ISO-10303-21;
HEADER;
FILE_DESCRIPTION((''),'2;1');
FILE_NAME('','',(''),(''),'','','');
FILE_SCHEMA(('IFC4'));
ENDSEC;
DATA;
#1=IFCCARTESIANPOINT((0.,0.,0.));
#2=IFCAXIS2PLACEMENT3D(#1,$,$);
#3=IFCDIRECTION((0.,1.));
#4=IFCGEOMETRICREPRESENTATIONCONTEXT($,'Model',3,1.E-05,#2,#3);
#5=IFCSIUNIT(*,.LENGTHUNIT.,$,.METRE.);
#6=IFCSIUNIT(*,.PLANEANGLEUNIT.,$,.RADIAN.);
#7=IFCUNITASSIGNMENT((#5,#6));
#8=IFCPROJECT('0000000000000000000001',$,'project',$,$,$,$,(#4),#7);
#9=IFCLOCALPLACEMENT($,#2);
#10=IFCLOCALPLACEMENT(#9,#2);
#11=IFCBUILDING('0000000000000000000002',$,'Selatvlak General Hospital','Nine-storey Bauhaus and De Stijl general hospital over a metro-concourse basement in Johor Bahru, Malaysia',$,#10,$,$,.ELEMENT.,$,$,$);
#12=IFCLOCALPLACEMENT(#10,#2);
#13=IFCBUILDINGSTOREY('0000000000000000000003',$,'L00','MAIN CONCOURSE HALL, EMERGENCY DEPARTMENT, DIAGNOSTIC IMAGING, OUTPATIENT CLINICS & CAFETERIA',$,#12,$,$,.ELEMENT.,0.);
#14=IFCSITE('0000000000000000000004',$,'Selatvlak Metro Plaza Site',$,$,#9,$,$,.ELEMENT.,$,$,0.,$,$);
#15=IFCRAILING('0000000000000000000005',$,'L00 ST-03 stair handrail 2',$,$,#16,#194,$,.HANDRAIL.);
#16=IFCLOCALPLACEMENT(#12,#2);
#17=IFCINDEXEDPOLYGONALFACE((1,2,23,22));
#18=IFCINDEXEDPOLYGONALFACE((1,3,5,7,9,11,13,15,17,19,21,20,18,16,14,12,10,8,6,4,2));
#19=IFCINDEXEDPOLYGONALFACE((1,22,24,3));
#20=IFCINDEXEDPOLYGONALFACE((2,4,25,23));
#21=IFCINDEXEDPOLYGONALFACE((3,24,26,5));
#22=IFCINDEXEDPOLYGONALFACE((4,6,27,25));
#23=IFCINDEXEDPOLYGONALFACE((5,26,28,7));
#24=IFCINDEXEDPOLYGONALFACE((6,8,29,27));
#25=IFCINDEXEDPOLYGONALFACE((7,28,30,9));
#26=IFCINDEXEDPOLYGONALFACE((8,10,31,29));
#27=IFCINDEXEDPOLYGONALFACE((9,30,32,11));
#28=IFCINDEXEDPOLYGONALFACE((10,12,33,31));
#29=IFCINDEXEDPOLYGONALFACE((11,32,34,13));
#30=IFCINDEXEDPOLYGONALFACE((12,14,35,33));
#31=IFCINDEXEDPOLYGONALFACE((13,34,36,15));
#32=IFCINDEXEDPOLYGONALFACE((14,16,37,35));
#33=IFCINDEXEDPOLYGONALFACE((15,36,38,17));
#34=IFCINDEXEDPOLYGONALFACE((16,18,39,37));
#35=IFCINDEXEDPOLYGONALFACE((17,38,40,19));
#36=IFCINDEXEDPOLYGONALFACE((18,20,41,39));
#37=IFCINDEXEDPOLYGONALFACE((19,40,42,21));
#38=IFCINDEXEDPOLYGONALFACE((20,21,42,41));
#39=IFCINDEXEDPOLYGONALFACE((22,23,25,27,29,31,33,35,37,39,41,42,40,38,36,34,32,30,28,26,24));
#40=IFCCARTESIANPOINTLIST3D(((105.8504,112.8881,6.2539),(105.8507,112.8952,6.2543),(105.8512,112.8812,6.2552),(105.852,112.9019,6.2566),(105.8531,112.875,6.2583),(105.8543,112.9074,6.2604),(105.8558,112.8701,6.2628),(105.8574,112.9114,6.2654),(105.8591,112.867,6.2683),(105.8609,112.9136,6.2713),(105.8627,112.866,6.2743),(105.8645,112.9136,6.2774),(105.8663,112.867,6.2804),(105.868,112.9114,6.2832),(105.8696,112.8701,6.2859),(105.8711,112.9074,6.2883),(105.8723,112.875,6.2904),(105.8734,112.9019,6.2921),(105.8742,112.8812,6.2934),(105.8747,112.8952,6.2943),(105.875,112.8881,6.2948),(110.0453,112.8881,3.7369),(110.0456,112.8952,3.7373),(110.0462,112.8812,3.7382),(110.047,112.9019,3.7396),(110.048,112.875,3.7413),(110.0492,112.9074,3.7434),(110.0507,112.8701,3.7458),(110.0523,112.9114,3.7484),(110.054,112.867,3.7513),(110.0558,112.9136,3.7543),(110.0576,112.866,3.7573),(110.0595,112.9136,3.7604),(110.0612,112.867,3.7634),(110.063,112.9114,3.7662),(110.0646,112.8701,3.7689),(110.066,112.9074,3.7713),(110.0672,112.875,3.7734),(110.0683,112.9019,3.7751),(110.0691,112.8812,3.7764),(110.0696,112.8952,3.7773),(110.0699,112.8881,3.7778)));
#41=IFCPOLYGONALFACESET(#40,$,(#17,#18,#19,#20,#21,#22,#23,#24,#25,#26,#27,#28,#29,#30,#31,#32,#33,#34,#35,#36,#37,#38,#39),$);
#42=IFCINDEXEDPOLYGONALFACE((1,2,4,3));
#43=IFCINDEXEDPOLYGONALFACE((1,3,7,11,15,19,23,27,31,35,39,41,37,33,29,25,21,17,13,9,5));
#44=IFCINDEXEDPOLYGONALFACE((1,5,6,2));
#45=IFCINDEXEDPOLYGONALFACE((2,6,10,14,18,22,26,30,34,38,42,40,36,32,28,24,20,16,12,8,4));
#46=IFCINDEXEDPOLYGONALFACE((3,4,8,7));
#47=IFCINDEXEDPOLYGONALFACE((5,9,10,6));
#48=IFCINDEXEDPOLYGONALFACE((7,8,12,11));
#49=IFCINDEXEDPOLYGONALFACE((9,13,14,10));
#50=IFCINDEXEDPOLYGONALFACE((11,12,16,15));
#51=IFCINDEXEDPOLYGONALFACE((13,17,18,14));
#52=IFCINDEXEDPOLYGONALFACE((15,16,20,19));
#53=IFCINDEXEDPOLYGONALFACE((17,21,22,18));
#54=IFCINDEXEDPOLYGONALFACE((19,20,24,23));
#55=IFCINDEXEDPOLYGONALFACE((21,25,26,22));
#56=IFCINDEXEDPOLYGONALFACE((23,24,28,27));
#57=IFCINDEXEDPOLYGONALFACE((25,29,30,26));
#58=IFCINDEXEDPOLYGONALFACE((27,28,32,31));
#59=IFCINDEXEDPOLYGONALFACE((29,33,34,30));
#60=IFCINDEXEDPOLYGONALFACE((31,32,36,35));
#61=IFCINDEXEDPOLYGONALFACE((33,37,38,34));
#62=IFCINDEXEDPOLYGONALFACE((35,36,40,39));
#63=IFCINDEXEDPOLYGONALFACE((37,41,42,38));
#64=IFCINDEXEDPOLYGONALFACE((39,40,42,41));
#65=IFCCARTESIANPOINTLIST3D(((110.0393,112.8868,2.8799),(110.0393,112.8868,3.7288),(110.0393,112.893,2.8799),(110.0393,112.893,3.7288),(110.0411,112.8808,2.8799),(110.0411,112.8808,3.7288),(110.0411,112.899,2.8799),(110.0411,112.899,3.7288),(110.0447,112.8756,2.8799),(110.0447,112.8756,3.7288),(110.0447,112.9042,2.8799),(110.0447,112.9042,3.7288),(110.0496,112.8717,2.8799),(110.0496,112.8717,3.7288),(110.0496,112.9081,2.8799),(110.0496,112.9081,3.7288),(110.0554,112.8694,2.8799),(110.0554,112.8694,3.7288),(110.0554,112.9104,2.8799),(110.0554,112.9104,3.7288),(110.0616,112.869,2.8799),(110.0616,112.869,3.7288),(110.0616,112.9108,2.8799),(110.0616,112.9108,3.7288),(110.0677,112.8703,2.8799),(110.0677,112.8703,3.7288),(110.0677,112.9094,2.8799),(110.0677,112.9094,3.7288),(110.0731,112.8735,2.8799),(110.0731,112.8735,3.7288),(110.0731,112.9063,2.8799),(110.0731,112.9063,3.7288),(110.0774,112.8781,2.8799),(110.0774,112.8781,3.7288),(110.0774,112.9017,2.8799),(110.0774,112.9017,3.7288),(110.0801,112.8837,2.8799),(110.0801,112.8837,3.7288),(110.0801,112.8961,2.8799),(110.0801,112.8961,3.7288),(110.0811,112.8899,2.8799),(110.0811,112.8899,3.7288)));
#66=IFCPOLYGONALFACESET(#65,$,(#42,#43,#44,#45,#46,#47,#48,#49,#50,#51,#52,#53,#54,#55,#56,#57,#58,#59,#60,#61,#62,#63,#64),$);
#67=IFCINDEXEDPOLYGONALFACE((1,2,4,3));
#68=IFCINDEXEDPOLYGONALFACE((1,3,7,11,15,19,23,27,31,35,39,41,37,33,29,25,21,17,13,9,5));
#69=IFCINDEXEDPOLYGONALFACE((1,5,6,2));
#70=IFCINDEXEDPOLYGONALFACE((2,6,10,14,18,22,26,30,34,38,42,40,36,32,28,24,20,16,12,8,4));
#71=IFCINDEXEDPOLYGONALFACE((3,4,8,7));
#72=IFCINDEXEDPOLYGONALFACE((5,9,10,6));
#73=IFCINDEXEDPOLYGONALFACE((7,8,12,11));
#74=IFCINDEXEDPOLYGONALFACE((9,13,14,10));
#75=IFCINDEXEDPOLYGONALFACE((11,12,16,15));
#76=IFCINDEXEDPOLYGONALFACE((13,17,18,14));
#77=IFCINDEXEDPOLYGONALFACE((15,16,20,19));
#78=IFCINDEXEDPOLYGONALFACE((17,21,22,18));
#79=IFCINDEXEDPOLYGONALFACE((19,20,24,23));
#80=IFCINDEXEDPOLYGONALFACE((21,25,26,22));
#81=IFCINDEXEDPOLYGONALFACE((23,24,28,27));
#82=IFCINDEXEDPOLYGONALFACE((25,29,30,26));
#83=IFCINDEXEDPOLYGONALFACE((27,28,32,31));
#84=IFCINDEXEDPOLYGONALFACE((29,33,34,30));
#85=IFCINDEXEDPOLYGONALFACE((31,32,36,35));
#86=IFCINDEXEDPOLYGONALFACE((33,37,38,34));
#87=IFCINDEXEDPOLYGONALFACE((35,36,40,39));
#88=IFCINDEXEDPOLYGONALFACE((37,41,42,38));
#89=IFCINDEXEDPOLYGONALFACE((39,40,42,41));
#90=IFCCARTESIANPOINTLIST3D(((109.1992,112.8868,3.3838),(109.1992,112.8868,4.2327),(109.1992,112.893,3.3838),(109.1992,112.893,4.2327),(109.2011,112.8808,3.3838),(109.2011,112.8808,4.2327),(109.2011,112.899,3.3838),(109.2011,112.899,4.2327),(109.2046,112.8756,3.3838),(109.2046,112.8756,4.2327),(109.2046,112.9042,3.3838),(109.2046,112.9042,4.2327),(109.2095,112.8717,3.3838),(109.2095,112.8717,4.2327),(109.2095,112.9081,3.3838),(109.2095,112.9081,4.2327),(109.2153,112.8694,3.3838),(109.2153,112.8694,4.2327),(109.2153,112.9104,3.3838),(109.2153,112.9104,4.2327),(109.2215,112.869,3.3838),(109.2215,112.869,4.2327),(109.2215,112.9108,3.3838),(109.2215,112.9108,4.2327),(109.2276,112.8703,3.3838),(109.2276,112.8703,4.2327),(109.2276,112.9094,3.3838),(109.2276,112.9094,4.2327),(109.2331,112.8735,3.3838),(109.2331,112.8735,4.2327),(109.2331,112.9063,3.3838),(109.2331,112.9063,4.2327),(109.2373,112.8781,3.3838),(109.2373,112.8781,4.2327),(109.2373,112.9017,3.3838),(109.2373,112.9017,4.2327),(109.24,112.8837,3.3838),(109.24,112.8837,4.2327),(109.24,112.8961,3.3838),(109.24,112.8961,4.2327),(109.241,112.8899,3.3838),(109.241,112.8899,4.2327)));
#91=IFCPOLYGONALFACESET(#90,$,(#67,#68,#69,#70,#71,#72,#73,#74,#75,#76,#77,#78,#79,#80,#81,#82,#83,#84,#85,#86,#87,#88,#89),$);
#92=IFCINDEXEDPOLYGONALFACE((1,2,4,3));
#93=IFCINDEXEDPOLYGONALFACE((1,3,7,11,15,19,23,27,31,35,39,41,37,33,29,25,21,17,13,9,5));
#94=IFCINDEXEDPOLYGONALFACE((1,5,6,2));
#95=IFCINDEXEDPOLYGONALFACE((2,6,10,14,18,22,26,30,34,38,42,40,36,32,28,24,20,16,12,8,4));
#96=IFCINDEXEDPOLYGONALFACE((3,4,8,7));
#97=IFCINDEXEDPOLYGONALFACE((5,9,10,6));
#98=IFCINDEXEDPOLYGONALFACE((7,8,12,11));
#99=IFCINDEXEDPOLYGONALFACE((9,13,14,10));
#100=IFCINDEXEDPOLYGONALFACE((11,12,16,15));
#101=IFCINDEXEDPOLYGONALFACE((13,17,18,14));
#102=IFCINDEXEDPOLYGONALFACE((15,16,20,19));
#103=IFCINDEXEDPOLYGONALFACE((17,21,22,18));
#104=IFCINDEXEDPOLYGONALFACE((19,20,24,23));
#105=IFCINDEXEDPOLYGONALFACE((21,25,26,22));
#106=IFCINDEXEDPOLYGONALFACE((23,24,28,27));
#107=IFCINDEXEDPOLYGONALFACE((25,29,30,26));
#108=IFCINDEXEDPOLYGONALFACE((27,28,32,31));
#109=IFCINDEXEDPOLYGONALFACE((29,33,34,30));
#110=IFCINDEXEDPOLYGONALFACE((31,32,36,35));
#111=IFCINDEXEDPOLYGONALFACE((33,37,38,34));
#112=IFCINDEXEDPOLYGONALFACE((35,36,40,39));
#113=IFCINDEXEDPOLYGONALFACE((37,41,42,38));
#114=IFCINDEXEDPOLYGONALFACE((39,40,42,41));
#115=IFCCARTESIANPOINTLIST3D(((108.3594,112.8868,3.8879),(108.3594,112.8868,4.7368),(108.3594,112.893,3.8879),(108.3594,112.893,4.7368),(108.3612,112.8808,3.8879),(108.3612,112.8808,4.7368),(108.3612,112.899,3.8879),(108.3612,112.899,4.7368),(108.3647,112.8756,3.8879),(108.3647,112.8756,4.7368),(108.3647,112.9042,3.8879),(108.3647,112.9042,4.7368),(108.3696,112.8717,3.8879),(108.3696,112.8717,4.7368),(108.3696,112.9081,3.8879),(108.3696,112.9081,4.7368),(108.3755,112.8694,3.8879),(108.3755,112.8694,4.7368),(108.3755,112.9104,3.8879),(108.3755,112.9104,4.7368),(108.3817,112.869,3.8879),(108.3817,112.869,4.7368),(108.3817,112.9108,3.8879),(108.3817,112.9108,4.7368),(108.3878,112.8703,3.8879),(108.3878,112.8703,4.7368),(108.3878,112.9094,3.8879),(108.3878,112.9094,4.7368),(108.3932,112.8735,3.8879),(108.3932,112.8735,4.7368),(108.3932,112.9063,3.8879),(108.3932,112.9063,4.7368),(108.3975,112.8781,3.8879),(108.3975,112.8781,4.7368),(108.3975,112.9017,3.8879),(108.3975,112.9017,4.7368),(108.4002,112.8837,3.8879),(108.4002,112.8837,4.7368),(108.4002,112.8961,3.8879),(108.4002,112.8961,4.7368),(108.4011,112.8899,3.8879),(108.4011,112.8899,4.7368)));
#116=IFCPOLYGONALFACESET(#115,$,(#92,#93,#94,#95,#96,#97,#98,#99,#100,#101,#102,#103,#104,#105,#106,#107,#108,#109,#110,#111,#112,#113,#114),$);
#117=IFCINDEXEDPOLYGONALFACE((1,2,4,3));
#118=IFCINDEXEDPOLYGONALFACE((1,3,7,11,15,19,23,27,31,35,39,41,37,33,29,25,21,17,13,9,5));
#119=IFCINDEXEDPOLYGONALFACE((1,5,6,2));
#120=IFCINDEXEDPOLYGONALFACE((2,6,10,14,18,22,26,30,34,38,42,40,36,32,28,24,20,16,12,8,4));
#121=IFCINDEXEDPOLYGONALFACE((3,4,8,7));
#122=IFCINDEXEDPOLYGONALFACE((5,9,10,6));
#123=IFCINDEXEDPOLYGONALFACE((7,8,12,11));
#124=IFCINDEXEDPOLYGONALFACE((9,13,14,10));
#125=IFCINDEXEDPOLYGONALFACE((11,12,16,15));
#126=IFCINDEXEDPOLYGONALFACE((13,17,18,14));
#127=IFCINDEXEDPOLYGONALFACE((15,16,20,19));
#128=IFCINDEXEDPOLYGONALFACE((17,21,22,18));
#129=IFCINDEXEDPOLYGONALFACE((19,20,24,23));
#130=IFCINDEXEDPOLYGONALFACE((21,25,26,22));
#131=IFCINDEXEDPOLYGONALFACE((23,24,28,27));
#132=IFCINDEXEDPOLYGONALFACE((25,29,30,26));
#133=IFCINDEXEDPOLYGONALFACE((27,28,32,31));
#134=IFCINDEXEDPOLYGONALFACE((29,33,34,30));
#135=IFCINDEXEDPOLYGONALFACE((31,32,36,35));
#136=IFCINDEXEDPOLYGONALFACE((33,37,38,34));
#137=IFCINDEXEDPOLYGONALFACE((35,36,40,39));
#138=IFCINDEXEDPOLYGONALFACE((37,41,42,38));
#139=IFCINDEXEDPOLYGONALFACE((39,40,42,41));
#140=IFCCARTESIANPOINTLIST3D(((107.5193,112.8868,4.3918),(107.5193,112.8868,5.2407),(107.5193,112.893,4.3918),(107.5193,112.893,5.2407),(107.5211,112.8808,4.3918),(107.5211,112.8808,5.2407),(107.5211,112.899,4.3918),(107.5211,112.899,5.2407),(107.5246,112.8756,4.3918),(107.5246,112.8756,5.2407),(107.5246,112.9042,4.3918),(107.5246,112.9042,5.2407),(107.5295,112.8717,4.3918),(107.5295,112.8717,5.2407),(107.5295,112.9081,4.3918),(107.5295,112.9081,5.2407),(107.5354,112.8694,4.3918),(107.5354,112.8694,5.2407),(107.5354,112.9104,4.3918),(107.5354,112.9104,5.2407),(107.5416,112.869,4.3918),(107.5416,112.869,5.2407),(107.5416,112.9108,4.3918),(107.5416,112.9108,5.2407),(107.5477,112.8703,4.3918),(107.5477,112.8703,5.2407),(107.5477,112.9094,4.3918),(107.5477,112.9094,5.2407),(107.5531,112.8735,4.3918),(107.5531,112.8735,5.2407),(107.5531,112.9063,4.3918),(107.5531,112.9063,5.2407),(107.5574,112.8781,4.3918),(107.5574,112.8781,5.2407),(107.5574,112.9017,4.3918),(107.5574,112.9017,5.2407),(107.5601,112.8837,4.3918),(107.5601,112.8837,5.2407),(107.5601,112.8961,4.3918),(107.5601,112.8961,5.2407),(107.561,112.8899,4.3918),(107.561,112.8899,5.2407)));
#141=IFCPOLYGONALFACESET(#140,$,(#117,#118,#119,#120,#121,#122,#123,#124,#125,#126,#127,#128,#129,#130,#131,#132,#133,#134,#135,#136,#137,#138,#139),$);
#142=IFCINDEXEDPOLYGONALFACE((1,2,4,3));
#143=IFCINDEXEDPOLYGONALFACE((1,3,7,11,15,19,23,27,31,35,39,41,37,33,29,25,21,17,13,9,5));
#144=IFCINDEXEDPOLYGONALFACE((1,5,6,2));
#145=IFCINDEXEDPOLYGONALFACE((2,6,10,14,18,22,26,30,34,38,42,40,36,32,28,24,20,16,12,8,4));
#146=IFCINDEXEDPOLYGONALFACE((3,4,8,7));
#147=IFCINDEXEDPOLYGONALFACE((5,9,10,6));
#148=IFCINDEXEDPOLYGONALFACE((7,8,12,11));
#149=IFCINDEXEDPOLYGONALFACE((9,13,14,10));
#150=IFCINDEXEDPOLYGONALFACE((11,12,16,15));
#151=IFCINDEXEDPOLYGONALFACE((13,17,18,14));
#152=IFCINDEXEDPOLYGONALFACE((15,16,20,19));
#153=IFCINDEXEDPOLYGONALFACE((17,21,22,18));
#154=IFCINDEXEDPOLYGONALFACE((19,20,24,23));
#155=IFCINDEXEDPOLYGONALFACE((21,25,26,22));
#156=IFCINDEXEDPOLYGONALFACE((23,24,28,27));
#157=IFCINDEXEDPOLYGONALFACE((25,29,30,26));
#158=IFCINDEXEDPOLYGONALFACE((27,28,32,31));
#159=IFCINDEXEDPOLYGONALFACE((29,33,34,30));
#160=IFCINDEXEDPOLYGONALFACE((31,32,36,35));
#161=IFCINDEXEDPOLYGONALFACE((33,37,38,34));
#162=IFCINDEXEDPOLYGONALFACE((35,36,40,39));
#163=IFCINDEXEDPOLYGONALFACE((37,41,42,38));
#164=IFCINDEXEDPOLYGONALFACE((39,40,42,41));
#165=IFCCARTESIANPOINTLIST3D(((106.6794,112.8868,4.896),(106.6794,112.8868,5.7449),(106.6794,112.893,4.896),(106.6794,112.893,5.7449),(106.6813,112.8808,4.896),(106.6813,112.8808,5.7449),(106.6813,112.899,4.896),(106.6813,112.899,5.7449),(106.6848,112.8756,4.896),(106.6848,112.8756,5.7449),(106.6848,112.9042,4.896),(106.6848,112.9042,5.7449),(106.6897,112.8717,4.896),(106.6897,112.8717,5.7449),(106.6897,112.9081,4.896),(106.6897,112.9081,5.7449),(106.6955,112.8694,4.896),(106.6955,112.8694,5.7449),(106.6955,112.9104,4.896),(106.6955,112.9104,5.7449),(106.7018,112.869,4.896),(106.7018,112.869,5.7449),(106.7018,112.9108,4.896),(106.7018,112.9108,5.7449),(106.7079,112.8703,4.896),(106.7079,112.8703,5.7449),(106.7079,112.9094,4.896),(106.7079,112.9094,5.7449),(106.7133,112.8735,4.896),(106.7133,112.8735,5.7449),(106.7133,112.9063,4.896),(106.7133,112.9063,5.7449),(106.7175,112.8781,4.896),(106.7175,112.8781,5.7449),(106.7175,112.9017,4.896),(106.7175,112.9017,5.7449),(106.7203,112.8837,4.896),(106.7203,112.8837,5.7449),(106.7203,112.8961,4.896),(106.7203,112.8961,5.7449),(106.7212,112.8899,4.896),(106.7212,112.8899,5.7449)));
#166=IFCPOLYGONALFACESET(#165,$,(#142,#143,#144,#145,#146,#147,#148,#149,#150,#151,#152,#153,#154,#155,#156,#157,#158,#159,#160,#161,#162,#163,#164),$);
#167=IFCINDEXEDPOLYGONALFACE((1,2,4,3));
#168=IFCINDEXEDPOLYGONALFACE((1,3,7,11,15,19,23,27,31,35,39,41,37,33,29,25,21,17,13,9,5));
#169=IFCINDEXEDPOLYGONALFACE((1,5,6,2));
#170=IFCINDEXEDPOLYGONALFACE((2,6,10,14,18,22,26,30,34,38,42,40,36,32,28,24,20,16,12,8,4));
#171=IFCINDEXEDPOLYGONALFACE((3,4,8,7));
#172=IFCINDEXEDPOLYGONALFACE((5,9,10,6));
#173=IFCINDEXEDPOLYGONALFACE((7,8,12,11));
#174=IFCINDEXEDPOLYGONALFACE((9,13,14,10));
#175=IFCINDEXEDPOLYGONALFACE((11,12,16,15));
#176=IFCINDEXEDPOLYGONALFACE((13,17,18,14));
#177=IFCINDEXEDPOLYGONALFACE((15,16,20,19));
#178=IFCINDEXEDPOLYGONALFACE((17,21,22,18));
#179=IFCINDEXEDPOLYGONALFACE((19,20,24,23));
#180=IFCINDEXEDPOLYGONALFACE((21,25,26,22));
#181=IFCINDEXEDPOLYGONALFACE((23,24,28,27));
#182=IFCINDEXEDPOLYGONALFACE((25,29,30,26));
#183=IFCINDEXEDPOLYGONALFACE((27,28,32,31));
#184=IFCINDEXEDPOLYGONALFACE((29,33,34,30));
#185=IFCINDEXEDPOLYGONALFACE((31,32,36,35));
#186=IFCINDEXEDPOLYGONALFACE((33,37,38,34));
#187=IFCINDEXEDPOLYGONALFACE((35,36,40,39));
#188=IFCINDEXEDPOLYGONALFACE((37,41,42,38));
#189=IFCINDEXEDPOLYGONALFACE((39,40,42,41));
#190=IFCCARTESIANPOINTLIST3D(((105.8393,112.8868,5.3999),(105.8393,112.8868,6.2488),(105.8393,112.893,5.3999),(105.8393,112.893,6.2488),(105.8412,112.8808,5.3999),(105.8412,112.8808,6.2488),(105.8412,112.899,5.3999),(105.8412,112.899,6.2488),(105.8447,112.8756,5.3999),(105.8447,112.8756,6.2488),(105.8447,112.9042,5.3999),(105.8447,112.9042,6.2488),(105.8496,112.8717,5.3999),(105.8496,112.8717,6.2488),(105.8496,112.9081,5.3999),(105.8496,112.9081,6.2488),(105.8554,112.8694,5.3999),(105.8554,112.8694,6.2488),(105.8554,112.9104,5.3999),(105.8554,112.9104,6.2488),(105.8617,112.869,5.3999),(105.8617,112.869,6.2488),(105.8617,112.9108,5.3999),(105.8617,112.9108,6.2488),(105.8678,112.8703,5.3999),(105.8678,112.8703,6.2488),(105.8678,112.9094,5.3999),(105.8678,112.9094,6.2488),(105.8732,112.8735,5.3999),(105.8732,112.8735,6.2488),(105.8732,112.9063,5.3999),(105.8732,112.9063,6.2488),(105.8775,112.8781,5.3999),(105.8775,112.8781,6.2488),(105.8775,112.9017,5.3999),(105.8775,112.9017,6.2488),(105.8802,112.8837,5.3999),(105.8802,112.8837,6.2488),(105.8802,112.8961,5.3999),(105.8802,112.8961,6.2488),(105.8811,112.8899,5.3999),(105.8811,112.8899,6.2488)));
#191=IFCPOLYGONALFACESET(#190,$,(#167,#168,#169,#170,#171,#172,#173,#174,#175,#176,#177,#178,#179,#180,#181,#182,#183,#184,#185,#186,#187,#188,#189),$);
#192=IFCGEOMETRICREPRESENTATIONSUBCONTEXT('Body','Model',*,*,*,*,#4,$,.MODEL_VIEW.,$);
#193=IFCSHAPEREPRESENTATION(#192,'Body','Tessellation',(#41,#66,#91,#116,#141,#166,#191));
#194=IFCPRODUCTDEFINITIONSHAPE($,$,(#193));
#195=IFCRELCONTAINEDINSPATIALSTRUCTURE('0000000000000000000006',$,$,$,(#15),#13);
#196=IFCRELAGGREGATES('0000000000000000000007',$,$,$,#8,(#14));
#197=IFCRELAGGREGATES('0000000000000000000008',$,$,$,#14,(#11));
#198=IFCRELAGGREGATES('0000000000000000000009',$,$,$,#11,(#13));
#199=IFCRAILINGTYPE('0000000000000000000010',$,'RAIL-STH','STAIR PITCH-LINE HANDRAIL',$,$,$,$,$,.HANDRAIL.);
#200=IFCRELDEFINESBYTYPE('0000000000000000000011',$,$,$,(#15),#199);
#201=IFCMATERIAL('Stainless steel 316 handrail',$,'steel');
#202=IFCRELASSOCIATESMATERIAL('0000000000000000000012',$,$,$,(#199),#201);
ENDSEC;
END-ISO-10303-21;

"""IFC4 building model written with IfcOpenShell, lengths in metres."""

from ifc_helpers import new_model, si_unit, direction, frame, origin, origin_2d, place, context, subcontext, project, spatial, circle, extrude, material, type_object, element, save


model = new_model("IFC4")

# Units and contexts
model_context = context("Model", 3, precision=1e-05, world=origin(), true_north=direction((0.0, 1.0)))
body_context = subcontext(model_context, "Body", "Model", "MODEL_VIEW")
ifc_project = project(units=[si_unit("LENGTHUNIT", "METRE"), si_unit("PLANEANGLEUNIT", "RADIAN")], contexts=[model_context])

# Site, building, storey
site_placement = place(None, origin())
site = spatial("IfcSite", under=ifc_project, at=site_placement, Name="Selatvlak Metro Plaza Site", CompositionType="ELEMENT", RefElevation=0.0)
building_placement = place(site_placement, origin())
building = spatial("IfcBuilding", under=site, at=building_placement, Name="Selatvlak General Hospital", Description="Nine-storey Bauhaus and De Stijl general hospital over a metro-concourse basement in Johor Bahru, Malaysia", CompositionType="ELEMENT")
storey_placement = place(building_placement, origin())
storey = spatial("IfcBuildingStorey", under=building, at=storey_placement, Name="L00", Description="MAIN CONCOURSE HALL, EMERGENCY DEPARTMENT, DIAGNOSTIC IMAGING, OUTPATIENT CLINICS & CAFETERIA", CompositionType="ELEMENT", Elevation=0.0)

# Railing
ifc_material_1 = material(Name="Stainless steel 316 handrail", Category="steel")
railing_type_1 = type_object("IfcRailingType", Name="RAIL-STH", Description="STAIR PITCH-LINE HANDRAIL", PredefinedType="HANDRAIL", material=ifc_material_1)
railing_1_placement = place(storey_placement, frame((110.0601, 112.8899, 2.8799)))
element("IfcRailing", 1, at=railing_1_placement, inside=storey, type_object=railing_type_1, Name="L00 ST-03 stair handrail 2", PredefinedType="HANDRAIL", context=body_context, shape_type="SweptSolid", body=[
    extrude(circle(Radius=0.0239, at=origin_2d()), frame((-0.0024, 0.0, 0.8774), z_axis=(-0.857489, 0.0, 0.514503), x_axis=(0.0, -1.0, 0.0)), (0.0, 0.0, 1.0), 4.8921),
    extrude(circle(Radius=0.021, at=origin_2d()), origin(), (0.0, 0.0, 1.0), 0.8489),
    extrude(circle(Radius=0.021, at=origin_2d()), frame((-0.8401, 0.0, 0.5039)), (0.0, 0.0, 1.0), 0.8489),
    extrude(circle(Radius=0.021, at=origin_2d()), frame((-1.6799, 0.0, 1.0081)), (0.0, 0.0, 1.0), 0.8489),
    extrude(circle(Radius=0.021, at=origin_2d()), frame((-2.52, 0.0, 1.512)), (0.0, 0.0, 1.0), 0.8489),
    extrude(circle(Radius=0.021, at=origin_2d()), frame((-3.3599, 0.0, 2.0161)), (0.0, 0.0, 1.0), 0.8489),
    extrude(circle(Radius=0.021, at=origin_2d()), frame((-4.2, 0.0, 2.52)), (0.0, 0.0, 1.0), 0.8489),
])

save(model, "model.ifc")
